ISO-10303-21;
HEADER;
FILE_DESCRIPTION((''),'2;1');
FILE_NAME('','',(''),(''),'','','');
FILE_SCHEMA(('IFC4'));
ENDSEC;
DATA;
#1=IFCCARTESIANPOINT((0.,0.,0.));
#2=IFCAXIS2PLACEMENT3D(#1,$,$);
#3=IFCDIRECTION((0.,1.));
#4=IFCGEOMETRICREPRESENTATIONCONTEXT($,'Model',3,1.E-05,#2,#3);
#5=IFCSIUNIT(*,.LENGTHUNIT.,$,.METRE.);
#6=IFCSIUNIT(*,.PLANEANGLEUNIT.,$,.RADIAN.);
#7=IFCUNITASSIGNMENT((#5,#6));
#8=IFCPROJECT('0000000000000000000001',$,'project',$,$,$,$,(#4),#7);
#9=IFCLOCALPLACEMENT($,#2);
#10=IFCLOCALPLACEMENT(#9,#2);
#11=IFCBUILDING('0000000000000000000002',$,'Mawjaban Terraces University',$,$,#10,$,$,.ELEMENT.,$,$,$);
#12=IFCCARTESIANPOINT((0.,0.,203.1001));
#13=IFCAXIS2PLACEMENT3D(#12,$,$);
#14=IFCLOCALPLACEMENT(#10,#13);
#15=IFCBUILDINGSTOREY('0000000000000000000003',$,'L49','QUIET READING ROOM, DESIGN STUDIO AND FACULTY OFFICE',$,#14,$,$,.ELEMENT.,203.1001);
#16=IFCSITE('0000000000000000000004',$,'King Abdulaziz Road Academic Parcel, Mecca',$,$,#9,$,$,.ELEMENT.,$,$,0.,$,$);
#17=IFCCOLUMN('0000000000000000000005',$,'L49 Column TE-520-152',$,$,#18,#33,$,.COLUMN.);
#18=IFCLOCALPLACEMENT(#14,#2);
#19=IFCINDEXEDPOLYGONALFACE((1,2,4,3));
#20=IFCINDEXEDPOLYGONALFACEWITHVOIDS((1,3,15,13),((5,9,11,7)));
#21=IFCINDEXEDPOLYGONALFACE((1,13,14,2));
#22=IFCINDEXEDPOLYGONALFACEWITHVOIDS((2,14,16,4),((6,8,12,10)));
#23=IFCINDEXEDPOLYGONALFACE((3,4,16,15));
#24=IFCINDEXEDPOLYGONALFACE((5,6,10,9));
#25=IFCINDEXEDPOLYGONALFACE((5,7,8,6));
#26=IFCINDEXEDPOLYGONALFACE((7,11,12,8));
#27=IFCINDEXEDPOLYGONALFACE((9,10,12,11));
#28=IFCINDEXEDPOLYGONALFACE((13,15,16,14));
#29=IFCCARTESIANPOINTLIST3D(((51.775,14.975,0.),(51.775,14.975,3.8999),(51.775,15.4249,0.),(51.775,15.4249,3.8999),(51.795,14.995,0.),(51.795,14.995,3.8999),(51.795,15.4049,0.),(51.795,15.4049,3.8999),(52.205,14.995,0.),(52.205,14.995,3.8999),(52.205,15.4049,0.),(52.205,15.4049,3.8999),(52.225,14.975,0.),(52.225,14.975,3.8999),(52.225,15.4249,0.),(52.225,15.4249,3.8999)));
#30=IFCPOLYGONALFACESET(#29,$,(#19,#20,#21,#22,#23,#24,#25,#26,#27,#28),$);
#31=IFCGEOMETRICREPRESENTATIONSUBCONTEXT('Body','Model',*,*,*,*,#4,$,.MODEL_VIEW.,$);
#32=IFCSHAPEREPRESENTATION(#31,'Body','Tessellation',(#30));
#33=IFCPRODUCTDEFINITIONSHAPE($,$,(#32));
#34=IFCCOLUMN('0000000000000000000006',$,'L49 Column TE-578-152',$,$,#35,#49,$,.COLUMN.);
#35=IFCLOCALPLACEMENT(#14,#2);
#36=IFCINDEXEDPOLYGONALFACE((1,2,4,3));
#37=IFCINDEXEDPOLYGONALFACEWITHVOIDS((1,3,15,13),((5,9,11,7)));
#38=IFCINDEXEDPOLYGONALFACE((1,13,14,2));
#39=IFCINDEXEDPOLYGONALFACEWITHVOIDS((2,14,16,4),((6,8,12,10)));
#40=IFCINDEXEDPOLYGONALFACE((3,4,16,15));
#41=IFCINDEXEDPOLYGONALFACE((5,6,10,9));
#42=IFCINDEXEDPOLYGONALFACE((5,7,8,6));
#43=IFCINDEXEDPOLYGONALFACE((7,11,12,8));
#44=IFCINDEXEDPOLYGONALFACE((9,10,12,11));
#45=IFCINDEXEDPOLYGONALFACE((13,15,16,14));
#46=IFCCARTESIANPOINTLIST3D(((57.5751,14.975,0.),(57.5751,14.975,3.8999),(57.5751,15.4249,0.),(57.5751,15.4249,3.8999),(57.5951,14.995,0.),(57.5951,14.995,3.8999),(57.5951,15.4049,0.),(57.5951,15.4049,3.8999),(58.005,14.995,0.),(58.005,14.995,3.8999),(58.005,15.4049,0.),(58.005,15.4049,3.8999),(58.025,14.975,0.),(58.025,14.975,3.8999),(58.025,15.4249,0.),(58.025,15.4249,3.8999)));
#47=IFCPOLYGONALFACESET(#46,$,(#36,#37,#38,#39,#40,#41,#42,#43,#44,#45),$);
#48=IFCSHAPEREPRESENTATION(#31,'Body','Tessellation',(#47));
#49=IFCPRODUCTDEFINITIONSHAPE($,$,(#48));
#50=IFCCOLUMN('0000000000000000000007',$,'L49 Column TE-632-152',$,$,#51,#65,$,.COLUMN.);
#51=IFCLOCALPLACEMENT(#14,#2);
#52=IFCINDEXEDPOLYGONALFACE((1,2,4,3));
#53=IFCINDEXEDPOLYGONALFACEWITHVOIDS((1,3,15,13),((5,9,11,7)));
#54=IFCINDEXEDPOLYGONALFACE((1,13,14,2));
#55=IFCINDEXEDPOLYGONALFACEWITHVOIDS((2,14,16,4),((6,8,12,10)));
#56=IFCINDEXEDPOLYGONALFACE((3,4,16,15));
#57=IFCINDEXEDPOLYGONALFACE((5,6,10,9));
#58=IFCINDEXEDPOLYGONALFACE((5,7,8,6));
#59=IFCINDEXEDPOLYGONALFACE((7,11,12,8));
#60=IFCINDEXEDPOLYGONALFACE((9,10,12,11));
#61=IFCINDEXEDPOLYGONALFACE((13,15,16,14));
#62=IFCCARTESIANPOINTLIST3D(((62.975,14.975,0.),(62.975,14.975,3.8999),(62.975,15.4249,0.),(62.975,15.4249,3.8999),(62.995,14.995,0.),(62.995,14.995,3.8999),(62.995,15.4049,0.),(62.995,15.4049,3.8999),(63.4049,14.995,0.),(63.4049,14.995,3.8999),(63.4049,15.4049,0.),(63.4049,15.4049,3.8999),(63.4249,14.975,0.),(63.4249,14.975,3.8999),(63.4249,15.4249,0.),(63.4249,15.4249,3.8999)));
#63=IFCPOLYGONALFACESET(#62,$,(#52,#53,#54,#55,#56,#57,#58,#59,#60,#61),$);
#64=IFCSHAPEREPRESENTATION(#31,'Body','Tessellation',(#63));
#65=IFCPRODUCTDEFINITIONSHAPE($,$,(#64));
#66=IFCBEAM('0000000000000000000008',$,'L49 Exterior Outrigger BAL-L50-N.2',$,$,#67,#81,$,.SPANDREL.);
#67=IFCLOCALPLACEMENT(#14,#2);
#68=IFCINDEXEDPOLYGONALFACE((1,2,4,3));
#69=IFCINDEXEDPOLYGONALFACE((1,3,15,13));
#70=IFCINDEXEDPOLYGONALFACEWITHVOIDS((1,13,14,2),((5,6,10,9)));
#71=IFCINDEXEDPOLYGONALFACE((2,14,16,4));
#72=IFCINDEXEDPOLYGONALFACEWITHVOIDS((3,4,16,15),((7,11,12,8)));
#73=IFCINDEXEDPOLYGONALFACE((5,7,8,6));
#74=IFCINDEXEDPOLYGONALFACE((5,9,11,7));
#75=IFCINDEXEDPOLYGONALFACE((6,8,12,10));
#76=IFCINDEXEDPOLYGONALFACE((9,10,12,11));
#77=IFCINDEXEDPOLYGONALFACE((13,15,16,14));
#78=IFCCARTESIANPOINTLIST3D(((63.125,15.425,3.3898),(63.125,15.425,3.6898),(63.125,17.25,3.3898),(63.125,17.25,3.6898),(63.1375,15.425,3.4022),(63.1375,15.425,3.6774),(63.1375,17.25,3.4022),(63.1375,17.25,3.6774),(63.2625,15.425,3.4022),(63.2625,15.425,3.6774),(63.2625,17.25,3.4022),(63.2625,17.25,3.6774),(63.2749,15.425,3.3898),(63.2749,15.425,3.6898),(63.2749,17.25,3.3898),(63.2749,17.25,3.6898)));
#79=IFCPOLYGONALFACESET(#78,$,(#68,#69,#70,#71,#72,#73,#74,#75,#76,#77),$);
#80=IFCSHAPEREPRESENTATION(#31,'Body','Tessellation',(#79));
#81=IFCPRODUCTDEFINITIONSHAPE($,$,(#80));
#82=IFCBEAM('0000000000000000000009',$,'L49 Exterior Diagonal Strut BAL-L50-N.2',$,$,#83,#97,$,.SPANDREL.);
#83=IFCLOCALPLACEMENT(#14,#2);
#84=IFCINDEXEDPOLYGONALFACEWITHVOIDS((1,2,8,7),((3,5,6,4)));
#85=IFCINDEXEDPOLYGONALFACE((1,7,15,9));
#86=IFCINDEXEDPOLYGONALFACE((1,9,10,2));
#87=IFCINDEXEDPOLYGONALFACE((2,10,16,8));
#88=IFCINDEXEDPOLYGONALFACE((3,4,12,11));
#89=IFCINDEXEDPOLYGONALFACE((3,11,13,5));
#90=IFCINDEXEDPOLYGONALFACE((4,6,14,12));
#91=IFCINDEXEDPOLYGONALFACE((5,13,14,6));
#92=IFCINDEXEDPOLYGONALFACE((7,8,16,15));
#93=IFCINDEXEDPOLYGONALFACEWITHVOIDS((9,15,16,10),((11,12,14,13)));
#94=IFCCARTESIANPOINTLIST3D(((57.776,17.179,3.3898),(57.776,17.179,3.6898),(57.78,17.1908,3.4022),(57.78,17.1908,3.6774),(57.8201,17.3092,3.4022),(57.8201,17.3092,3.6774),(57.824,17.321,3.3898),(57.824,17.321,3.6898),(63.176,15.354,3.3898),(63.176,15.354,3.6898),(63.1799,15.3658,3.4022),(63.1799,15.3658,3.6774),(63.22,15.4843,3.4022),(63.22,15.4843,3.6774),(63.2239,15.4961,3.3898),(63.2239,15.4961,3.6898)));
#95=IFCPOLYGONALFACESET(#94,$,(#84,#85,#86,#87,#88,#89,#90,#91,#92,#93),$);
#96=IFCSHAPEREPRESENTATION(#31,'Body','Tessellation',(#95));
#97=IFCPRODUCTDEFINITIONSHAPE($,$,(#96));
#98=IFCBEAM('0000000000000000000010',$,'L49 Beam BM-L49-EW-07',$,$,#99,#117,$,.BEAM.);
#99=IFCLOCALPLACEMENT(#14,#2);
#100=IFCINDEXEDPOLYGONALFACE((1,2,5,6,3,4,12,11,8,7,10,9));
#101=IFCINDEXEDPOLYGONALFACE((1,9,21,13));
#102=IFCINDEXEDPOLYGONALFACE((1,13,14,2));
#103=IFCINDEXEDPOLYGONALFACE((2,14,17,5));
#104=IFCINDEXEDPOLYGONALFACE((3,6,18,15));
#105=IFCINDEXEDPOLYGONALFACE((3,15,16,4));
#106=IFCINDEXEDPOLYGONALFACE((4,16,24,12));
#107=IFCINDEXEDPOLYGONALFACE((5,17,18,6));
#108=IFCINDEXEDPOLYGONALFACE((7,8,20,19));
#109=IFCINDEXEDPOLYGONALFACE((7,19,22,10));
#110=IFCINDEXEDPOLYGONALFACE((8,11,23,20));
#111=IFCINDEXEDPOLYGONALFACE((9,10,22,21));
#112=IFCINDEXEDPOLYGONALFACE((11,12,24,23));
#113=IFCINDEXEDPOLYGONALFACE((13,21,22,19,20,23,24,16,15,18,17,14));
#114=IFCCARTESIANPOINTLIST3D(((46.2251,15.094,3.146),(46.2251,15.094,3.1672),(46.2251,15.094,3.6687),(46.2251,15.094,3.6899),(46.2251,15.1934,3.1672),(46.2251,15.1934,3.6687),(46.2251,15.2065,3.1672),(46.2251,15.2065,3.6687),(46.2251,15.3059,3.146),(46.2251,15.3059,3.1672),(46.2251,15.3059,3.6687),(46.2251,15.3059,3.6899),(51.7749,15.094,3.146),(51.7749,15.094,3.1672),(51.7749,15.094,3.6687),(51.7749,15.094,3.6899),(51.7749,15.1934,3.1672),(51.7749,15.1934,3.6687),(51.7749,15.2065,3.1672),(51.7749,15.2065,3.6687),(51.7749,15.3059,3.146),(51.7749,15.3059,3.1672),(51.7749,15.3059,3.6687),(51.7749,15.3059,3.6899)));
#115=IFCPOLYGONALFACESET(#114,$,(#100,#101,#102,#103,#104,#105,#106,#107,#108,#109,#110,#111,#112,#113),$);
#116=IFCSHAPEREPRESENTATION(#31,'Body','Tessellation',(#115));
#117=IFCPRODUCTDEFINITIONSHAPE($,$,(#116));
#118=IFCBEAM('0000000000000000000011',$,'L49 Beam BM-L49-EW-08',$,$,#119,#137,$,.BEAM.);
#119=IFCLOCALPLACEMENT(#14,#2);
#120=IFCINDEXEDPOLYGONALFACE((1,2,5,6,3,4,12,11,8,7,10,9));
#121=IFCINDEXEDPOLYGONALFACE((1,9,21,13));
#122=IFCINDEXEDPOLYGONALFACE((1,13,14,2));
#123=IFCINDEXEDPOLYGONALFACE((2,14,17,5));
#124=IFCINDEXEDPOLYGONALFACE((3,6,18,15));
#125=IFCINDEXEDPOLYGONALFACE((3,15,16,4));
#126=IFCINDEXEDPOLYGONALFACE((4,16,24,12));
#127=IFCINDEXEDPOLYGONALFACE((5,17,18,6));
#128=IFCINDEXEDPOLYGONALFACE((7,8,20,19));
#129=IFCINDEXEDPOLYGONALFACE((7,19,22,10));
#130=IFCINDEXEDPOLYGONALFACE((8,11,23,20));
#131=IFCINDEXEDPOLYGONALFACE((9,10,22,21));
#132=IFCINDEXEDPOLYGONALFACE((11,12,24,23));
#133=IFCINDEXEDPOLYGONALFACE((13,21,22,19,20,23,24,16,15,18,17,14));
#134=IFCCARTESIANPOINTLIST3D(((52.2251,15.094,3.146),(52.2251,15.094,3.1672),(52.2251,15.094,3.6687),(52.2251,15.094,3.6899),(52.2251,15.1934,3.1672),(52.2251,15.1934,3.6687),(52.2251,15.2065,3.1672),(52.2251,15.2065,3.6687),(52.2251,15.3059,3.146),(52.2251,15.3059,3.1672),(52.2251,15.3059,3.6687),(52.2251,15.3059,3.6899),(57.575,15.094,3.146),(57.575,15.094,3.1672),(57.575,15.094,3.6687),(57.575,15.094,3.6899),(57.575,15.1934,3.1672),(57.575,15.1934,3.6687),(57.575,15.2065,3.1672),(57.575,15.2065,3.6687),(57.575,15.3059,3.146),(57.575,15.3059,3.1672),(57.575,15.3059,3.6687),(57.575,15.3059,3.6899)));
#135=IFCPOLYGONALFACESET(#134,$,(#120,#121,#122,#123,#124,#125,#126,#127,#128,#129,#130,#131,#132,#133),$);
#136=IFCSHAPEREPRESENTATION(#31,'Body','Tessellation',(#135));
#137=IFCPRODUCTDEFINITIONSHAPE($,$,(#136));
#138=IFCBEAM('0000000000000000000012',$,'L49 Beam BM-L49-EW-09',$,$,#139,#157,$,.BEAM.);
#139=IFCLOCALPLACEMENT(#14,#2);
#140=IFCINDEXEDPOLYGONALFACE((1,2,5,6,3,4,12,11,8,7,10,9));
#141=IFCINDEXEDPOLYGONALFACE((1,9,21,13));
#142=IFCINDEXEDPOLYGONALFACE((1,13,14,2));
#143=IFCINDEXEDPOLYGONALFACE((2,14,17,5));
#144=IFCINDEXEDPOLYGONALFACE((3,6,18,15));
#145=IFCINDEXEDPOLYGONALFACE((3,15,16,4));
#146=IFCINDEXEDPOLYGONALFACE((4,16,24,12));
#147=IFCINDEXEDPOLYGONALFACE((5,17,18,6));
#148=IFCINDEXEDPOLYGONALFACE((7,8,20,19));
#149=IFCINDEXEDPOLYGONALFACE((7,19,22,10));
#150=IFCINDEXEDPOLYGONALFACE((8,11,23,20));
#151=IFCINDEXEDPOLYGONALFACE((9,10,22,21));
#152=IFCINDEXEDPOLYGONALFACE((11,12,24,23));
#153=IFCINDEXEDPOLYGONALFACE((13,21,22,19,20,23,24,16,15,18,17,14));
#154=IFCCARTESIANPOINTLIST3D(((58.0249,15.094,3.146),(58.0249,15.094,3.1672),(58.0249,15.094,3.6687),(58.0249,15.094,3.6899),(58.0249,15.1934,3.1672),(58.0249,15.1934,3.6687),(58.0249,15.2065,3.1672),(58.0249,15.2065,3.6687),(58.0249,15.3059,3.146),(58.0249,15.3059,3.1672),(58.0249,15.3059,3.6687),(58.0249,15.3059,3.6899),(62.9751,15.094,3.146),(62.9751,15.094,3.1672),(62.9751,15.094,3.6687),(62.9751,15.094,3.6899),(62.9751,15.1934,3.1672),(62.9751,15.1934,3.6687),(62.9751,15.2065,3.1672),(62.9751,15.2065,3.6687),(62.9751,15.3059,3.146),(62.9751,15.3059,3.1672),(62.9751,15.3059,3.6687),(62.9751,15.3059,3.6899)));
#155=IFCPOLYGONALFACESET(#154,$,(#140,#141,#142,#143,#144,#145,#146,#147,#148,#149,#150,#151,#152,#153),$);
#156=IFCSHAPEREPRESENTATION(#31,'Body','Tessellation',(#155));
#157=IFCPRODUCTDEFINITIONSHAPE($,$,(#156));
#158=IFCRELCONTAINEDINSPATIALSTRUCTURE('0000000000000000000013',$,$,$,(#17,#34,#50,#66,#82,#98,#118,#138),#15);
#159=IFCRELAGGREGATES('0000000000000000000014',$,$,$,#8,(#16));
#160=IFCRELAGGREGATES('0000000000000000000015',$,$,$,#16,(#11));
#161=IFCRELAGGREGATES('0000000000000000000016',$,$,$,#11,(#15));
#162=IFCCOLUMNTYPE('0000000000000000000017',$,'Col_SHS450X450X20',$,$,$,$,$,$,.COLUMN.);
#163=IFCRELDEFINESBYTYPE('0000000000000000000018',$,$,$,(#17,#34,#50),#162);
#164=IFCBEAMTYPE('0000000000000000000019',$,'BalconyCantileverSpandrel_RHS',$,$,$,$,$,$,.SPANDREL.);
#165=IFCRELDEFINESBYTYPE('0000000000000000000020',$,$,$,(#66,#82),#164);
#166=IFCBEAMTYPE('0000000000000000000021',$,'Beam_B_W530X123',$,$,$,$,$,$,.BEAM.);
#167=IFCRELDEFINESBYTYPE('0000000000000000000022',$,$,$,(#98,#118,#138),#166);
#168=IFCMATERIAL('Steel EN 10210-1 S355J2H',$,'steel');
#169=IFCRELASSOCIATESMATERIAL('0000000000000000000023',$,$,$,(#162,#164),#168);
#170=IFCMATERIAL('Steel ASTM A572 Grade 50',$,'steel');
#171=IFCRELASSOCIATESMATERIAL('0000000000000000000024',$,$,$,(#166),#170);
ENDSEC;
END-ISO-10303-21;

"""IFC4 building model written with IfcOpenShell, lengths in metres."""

from ifc_helpers import new_model, si_unit, direction, frame, origin, origin_2d, place, context, subcontext, project, spatial, hollow_rectangle, i_section, extrude, material, material_profile, profile_set, type_object, element, save


model = new_model("IFC4")

# Units and contexts
model_context = context("Model", 3, precision=1e-05, world=origin(), true_north=direction((0.0, 1.0)))
body_context = subcontext(model_context, "Body", "Model", "MODEL_VIEW")
ifc_project = project(units=[si_unit("LENGTHUNIT", "METRE"), si_unit("PLANEANGLEUNIT", "RADIAN")], contexts=[model_context])

# Site, building, storey
site_placement = place(None, origin())
site = spatial("IfcSite", under=ifc_project, at=site_placement, Name="King Abdulaziz Road Academic Parcel, Mecca", CompositionType="ELEMENT", RefElevation=0.0)
building_placement = place(site_placement, origin())
building = spatial("IfcBuilding", under=site, at=building_placement, Name="Mawjaban Terraces University", CompositionType="ELEMENT")
storey_placement = place(building_placement, frame((0.0, 0.0, 203.1001)))
storey = spatial("IfcBuildingStorey", under=building, at=storey_placement, Name="L49", Description="QUIET READING ROOM, DESIGN STUDIO AND FACULTY OFFICE", CompositionType="ELEMENT", Elevation=203.1001)

# Columns
ifc_material_1 = material(Name="Steel EN 10210-1 S355J2H", Category="steel")
ifc_material_profile_1 = material_profile(ifc_material_1, hollow_rectangle(XDim=0.45, YDim=0.45, WallThickness=0.02, at=origin_2d()), Name="SHS450X450X20")
ifc_profile_set_1 = profile_set([ifc_material_profile_1], Name="Steel EN 10210-1 S355J2H")
column_type = type_object("IfcColumnType", Name="Col_SHS450X450X20", PredefinedType="COLUMN", material=ifc_profile_set_1)
for number, where, z_axis, x_axis, name in (
    (1, (52.0, 15.2, 0.0), (0.0, 0.0, 1.0), (1.0, 0.0, 0.0), "L49 Column TE-520-152"),
    (2, (57.8, 15.2, 0.0), (0.0, 0.0, 1.0), (1.0, 0.0, 0.0), "L49 Column TE-578-152"),
    (3, (63.2, 15.2, 0.0), (0.0, 0.0, 1.0), (1.0, 0.0, 0.0), "L49 Column TE-632-152"),
):
    element("IfcColumn", number, at=place(storey_placement, frame(where, z_axis=z_axis, x_axis=x_axis)), inside=storey, type_object=column_type, Name=name, PredefinedType="COLUMN", context=body_context, shape_type="SweptSolid", body=[
        extrude(hollow_rectangle(XDim=0.45, YDim=0.45, WallThickness=0.02, at=origin_2d()), origin(), (0.0, 0.0, 1.0), 3.8999),
    ])

# Beams
ifc_material_profile_2 = material_profile(ifc_material_1, hollow_rectangle(XDim=0.1499, YDim=0.3, WallThickness=0.0125, at=origin_2d()), Name="RHS300X150X12.5")
ifc_profile_set_2 = profile_set([ifc_material_profile_2], Name="Steel EN 10210-1 S355J2H")
beam_type_1 = type_object("IfcBeamType", Name="BalconyCantileverSpandrel_RHS", PredefinedType="SPANDREL", material=ifc_profile_set_2)
beam_1_placement = place(storey_placement, frame((63.2, 15.425, 3.5398), z_axis=(0.0, 1.0, 0.0), x_axis=(-1.0, 0.0, 0.0)))
element("IfcBeam", 4, at=beam_1_placement, inside=storey, type_object=beam_type_1, Name="L49 Exterior Outrigger BAL-L50-N.2", PredefinedType="SPANDREL", context=body_context, shape_type="SweptSolid", body=[
    extrude(hollow_rectangle(XDim=0.1499, YDim=0.3, WallThickness=0.0125, at=origin_2d()), origin(), (0.0, 0.0, 1.0), 1.825),
])
beam_2_placement = place(storey_placement, frame((63.2, 15.425, 3.5398), z_axis=(-0.94736, 0.32017, 0.0), x_axis=(-0.32017, -0.94736, 0.0)))
element("IfcBeam", 5, at=beam_2_placement, inside=storey, type_object=beam_type_1, Name="L49 Exterior Diagonal Strut BAL-L50-N.2", PredefinedType="SPANDREL", context=body_context, shape_type="SweptSolid", body=[
    extrude(hollow_rectangle(XDim=0.1499, YDim=0.3, WallThickness=0.0125, at=origin_2d()), origin(), (0.0, 0.0, 1.0), 5.7),
])
ifc_material_2 = material(Name="Steel ASTM A572 Grade 50", Category="steel")
ifc_material_profile_3 = material_profile(ifc_material_2, i_section(OverallWidth=0.2119, OverallDepth=0.5439, WebThickness=0.0132, FlangeThickness=0.0212, at=origin_2d()), Name="W530X123")
ifc_profile_set_3 = profile_set([ifc_material_profile_3], Name="Steel ASTM A572 Grade 50")
beam_type_2 = type_object("IfcBeamType", Name="Beam_B_W530X123", PredefinedType="BEAM", material=ifc_profile_set_3)
beam_3_placement = place(storey_placement, frame((46.2251, 15.2, 3.418), z_axis=(1.0, 0.0, 0.0), x_axis=(0.0, 1.0, 0.0)))
element("IfcBeam", 6, at=beam_3_placement, inside=storey, type_object=beam_type_2, Name="L49 Beam BM-L49-EW-07", PredefinedType="BEAM", context=body_context, shape_type="SweptSolid", body=[
    extrude(i_section(OverallWidth=0.2119, OverallDepth=0.5439, WebThickness=0.0132, FlangeThickness=0.0212, at=origin_2d()), origin(), (0.0, 0.0, 1.0), 5.5498),
])
beam_4_placement = place(storey_placement, frame((52.2251, 15.2, 3.418), z_axis=(1.0, 0.0, 0.0), x_axis=(0.0, 1.0, 0.0)))
element("IfcBeam", 7, at=beam_4_placement, inside=storey, type_object=beam_type_2, Name="L49 Beam BM-L49-EW-08", PredefinedType="BEAM", context=body_context, shape_type="SweptSolid", body=[
    extrude(i_section(OverallWidth=0.2119, OverallDepth=0.5439, WebThickness=0.0132, FlangeThickness=0.0212, at=origin_2d()), origin(), (0.0, 0.0, 1.0), 5.3499),
])
beam_5_placement = place(storey_placement, frame((58.0249, 15.2, 3.418), z_axis=(1.0, 0.0, 0.0), x_axis=(0.0, 1.0, 0.0)))
element("IfcBeam", 8, at=beam_5_placement, inside=storey, type_object=beam_type_2, Name="L49 Beam BM-L49-EW-09", PredefinedType="BEAM", context=body_context, shape_type="SweptSolid", body=[
    extrude(i_section(OverallWidth=0.2119, OverallDepth=0.5439, WebThickness=0.0132, FlangeThickness=0.0212, at=origin_2d()), origin(), (0.0, 0.0, 1.0), 4.9502),
])

save(model, "model.ifc")
